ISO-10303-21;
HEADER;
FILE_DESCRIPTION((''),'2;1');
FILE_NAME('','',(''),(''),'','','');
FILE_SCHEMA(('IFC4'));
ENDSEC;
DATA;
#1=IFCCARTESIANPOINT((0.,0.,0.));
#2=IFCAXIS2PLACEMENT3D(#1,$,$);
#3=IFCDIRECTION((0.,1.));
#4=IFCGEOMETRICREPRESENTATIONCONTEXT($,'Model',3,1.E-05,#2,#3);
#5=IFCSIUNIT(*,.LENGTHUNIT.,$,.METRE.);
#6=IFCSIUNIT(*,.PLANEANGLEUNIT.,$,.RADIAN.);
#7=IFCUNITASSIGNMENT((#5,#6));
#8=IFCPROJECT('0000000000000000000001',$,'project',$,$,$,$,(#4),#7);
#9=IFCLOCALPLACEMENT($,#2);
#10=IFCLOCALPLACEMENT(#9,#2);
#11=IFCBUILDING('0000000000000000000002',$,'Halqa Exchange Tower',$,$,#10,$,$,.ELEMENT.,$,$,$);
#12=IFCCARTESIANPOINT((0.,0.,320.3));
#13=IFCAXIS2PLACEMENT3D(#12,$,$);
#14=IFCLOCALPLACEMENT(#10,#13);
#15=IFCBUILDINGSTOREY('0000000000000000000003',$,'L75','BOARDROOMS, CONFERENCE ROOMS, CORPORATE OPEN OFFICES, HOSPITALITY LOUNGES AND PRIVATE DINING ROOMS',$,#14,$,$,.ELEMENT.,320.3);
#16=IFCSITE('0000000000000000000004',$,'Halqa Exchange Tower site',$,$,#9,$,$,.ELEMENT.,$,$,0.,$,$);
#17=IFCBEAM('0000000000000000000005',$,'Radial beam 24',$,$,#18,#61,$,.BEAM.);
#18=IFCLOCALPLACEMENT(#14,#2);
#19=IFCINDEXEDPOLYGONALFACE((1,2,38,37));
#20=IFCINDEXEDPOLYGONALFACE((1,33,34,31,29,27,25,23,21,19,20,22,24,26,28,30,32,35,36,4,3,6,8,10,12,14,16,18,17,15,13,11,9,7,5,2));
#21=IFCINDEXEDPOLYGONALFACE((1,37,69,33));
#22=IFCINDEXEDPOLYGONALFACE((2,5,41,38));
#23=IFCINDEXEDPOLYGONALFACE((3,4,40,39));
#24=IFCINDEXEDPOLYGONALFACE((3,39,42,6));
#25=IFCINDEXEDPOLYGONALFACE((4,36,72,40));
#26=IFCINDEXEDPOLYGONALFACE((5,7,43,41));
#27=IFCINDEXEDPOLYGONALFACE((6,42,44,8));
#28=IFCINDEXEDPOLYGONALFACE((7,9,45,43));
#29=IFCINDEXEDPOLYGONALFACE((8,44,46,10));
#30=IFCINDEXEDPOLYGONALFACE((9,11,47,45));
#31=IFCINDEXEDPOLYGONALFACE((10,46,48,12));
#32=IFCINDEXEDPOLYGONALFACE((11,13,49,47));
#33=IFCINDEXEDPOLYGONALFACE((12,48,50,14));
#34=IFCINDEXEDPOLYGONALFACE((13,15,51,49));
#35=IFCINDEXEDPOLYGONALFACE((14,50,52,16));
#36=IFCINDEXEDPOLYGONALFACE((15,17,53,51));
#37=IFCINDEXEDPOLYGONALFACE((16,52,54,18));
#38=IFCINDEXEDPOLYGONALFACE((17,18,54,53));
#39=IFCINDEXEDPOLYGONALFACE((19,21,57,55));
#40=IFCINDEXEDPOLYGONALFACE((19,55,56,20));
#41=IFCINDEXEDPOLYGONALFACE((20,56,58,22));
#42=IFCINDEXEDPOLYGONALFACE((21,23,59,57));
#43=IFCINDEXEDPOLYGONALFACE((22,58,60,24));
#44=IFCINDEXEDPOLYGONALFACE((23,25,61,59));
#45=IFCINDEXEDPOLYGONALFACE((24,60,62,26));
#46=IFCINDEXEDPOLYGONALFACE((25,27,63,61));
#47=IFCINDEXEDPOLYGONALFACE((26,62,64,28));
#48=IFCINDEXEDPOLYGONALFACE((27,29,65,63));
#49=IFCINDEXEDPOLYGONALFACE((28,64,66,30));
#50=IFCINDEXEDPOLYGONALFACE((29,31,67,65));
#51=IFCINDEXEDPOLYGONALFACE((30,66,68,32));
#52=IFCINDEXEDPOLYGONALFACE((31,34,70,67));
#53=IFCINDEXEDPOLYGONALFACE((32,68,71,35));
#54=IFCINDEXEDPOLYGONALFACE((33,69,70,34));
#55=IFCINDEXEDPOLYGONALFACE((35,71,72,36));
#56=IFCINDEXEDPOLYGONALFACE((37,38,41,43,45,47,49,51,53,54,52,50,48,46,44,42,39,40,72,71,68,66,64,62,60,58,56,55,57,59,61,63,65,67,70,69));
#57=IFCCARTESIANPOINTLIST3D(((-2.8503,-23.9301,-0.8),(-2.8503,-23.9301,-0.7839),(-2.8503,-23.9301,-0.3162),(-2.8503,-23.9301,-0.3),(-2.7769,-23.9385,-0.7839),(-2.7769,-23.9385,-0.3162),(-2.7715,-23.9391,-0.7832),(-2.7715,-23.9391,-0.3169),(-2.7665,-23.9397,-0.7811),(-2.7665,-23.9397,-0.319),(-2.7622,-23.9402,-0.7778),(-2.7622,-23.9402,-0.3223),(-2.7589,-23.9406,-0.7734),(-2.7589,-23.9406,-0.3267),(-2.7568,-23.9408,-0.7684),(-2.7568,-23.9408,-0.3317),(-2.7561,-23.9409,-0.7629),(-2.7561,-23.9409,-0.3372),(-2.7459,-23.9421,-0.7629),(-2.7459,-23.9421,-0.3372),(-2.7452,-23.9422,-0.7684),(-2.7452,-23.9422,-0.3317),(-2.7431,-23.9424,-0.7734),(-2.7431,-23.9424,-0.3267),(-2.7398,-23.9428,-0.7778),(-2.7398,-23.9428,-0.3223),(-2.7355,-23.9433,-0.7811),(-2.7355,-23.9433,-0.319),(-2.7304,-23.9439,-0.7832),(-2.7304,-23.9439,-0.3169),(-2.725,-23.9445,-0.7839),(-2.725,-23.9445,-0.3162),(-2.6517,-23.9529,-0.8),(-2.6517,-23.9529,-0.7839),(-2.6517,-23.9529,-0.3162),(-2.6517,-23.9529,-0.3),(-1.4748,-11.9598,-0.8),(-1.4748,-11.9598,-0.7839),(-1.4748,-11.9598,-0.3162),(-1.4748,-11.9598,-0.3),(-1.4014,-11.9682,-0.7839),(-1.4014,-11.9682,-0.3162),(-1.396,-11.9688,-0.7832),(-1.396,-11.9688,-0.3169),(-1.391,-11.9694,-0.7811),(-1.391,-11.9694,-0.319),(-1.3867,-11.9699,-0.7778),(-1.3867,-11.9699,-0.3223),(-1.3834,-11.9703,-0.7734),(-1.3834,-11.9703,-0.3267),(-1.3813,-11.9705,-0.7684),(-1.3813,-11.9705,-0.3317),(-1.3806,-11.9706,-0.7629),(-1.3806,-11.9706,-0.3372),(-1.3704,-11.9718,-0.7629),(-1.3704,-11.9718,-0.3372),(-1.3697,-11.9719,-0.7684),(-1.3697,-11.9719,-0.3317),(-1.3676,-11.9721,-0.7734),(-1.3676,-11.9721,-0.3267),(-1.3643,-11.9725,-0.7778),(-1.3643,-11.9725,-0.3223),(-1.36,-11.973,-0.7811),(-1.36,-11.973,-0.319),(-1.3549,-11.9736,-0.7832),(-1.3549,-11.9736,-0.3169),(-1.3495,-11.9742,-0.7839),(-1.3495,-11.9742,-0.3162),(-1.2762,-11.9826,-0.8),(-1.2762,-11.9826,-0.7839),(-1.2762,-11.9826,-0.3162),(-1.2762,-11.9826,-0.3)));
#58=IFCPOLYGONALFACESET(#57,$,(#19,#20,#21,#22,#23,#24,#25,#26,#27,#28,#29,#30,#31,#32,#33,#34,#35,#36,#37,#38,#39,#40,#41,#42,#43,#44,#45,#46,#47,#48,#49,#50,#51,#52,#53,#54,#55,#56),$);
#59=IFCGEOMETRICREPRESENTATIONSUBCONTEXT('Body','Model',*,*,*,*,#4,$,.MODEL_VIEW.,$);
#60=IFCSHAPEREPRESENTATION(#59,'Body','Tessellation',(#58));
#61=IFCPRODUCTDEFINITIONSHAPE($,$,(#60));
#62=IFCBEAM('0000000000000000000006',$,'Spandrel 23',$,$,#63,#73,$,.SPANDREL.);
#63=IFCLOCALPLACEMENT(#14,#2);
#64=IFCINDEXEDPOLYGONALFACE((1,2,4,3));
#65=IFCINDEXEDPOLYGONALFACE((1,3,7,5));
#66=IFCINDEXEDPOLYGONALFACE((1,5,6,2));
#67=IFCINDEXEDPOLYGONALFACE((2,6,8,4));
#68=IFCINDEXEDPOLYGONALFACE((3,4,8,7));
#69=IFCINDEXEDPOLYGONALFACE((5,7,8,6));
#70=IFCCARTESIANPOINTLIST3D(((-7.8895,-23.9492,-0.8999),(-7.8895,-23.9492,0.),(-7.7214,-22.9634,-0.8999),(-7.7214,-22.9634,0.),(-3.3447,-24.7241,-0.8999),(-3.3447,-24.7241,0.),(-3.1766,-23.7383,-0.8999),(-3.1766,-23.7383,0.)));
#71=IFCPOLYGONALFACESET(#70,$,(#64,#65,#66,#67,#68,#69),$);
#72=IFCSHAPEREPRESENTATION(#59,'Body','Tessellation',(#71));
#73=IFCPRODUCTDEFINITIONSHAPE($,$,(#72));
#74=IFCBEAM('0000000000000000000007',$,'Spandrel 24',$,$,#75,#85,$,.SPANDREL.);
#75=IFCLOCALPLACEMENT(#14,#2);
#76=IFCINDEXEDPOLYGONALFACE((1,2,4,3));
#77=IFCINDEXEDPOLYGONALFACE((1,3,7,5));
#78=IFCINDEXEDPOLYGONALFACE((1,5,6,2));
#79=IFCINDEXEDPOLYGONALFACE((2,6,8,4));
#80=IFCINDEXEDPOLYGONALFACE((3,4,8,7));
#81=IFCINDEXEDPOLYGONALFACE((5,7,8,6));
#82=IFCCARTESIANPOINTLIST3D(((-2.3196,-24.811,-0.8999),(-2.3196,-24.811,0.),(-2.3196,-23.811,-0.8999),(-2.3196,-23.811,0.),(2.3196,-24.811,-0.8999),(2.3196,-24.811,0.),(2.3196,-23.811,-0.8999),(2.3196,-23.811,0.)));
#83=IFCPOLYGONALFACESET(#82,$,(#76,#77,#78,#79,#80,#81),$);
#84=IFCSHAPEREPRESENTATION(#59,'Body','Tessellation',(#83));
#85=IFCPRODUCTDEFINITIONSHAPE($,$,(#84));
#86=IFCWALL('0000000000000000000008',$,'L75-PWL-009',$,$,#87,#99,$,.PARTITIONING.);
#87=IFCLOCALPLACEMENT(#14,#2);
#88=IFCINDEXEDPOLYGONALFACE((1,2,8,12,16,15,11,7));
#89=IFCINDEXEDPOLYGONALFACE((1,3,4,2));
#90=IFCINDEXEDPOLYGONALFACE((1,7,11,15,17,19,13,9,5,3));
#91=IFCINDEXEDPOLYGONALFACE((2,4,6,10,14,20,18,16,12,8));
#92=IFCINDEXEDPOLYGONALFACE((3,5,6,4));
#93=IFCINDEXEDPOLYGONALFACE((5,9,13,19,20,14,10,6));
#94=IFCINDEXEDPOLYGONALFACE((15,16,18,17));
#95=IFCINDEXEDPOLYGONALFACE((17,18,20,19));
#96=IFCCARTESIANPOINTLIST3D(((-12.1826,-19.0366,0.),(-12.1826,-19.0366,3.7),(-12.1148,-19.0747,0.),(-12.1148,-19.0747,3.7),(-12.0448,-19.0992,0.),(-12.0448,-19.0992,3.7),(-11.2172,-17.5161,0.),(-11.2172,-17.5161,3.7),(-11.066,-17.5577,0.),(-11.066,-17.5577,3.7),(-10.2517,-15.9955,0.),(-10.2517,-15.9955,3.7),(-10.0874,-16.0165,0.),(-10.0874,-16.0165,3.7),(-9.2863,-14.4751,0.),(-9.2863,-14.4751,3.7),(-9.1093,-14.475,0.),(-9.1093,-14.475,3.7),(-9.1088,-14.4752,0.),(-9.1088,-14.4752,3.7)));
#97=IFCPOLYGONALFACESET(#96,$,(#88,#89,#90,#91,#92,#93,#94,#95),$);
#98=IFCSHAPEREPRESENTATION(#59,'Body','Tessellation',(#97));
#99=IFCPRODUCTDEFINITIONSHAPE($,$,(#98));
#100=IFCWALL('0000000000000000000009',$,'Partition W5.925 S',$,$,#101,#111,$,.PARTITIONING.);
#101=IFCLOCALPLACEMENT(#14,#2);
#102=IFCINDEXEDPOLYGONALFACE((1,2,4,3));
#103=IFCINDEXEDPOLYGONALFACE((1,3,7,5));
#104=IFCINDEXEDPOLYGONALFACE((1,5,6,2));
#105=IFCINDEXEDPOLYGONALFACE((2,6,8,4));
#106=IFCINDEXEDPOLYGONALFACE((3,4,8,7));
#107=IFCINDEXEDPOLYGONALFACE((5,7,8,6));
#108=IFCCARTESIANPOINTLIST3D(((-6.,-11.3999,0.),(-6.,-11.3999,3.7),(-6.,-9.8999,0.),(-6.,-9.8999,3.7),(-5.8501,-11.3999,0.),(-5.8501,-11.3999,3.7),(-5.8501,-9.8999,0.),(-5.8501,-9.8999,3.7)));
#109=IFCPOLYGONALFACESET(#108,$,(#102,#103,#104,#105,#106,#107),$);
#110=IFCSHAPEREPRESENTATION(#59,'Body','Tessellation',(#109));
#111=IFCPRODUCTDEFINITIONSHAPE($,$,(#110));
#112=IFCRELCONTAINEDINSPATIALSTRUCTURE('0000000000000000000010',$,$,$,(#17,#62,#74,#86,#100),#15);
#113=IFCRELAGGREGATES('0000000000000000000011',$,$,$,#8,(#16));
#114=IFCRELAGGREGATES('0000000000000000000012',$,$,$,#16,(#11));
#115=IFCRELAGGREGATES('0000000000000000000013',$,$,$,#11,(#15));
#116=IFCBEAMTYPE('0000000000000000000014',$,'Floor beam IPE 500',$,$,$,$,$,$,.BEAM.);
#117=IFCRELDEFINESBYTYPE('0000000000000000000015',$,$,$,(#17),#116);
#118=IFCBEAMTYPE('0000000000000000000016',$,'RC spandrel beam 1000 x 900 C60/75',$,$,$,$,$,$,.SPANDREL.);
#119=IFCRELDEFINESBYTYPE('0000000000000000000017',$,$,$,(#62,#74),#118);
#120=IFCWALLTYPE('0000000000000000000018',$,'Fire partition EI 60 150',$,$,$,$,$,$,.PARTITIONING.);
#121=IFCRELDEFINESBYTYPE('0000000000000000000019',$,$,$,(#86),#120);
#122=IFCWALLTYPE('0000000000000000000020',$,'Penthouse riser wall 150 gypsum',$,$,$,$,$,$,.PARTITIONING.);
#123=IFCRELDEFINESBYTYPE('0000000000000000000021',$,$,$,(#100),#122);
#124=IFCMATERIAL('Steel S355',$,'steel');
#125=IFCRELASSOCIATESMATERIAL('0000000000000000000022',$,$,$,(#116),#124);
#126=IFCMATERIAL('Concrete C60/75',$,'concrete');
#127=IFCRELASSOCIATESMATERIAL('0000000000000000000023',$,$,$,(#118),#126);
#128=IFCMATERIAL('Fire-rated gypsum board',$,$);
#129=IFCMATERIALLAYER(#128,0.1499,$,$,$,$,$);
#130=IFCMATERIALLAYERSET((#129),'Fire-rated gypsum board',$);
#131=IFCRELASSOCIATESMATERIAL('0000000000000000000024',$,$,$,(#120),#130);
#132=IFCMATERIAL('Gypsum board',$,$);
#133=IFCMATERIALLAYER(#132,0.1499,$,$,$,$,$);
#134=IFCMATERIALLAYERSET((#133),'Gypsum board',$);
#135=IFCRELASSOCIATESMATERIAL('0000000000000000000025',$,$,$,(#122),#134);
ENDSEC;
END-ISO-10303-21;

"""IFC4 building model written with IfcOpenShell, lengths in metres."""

from ifc_helpers import new_model, si_unit, direction, frame, frame_2d, origin, origin_2d, place, context, subcontext, project, spatial, polyline, rectangle, i_section, outline, extrude, material, layer, layer_set, material_profile, profile_set, type_object, element, save


model = new_model("IFC4")

# Units and contexts
model_context = context("Model", 3, precision=1e-05, world=origin(), true_north=direction((0.0, 1.0)))
body_context = subcontext(model_context, "Body", "Model", "MODEL_VIEW")
ifc_project = project(units=[si_unit("LENGTHUNIT", "METRE"), si_unit("PLANEANGLEUNIT", "RADIAN")], contexts=[model_context])

# Site, building, storey
site_placement = place(None, origin())
site = spatial("IfcSite", under=ifc_project, at=site_placement, Name="Halqa Exchange Tower site", CompositionType="ELEMENT", RefElevation=0.0)
building_placement = place(site_placement, origin())
building = spatial("IfcBuilding", under=site, at=building_placement, Name="Halqa Exchange Tower", CompositionType="ELEMENT")
storey_placement = place(building_placement, frame((0.0, 0.0, 320.3)))
storey = spatial("IfcBuildingStorey", under=building, at=storey_placement, Name="L75", Description="BOARDROOMS, CONFERENCE ROOMS, CORPORATE OPEN OFFICES, HOSPITALITY LOUNGES AND PRIVATE DINING ROOMS", CompositionType="ELEMENT", Elevation=320.3)

# Beams
ifc_material_1 = material(Name="Steel S355", Category="steel")
ifc_material_profile_1 = material_profile(ifc_material_1, i_section(OverallWidth=0.2, OverallDepth=0.5, WebThickness=0.0103, FlangeThickness=0.0161, FilletRadius=0.021, at=origin_2d()), Name="IPE 500")
ifc_profile_set_1 = profile_set([ifc_material_profile_1], Name="Steel S355")
beam_type_1 = type_object("IfcBeamType", Name="Floor beam IPE 500", PredefinedType="BEAM", material=ifc_profile_set_1)
beam_1_placement = place(storey_placement, frame((-1.3755, -11.9712, -0.55), z_axis=(-0.114158, -0.993463, 0.0), x_axis=(0.993463, -0.114158, 0.0)))
element("IfcBeam", 1, at=beam_1_placement, inside=storey, type_object=beam_type_1, Name="Radial beam 24", PredefinedType="BEAM", context=body_context, shape_type="SweptSolid", body=[
    extrude(i_section(OverallWidth=0.2, OverallDepth=0.5, WebThickness=0.0103, FlangeThickness=0.0161, FilletRadius=0.021, at=origin_2d()), origin(), (0.0, 0.0, 1.0), 12.0491),
])
ifc_material_2 = material(Name="Concrete C60/75", Category="concrete")
ifc_material_profile_2 = material_profile(ifc_material_2, rectangle(XDim=1.0, YDim=0.8999, at=origin_2d()), Name="1000 x 900")
ifc_profile_set_2 = profile_set([ifc_material_profile_2], Name="Concrete C60/75")
beam_type_2 = type_object("IfcBeamType", Name="RC spandrel beam 1000 x 900 C60/75", PredefinedType="SPANDREL", material=ifc_profile_set_2)
beam_2_placement = place(storey_placement, frame((-7.8054, -23.4563, -0.45), z_axis=(0.985773, -0.168082, 0.0), x_axis=(0.168082, 0.985773, 0.0)))
element("IfcBeam", 2, at=beam_2_placement, inside=storey, type_object=beam_type_2, Name="Spandrel 23", PredefinedType="SPANDREL", context=body_context, shape_type="SweptSolid", body=[
    extrude(rectangle(XDim=1.0, YDim=0.8999, at=origin_2d()), origin(), (0.0, 0.0, 1.0), 4.6104),
])
beam_3_placement = place(storey_placement, frame((-2.3196, -24.311, -0.45), z_axis=(1.0, 0.0, 0.0), x_axis=(0.0, 1.0, 0.0)))
element("IfcBeam", 3, at=beam_3_placement, inside=storey, type_object=beam_type_2, Name="Spandrel 24", PredefinedType="SPANDREL", context=body_context, shape_type="SweptSolid", body=[
    extrude(rectangle(XDim=1.0, YDim=0.8999, at=origin_2d()), origin(), (0.0, 0.0, 1.0), 4.6392),
])

# Walls
ifc_material_3 = material(Name="Fire-rated gypsum board")
ifc_layer_1 = layer(ifc_material_3, 0.1499)
ifc_layer_set_1 = layer_set([ifc_layer_1], Name="Fire-rated gypsum board")
wall_type_1 = type_object("IfcWallType", Name="Fire partition EI 60 150", PredefinedType="PARTITIONING", material=ifc_layer_set_1)
wall_1_placement = place(storey_placement, frame((-9.1721, -14.4351, 0.0), z_axis=(0.0, 0.0, 1.0), x_axis=(-0.536016, -0.844208, 0.0)))
element("IfcWall", 4, at=wall_1_placement, inside=storey, type_object=wall_type_1, Name="L75-PWL-009", PredefinedType="PARTITIONING", context=body_context, shape_type="SweptSolid", body=[
    extrude(outline(polyline([(0.095, -0.075), (1.896, -0.075), (3.6973, -0.075), (5.4983, -0.075), (5.4941, 0.0027), (5.4773, 0.075), (3.6514, 0.075), (1.8257, 0.075), (0.0, 0.075), (0.0, 0.0745), (0.095, -0.075)])), origin(), (0.0, 0.0, 1.0), 3.7),
])
ifc_material_4 = material(Name="Gypsum board")
ifc_layer_2 = layer(ifc_material_4, 0.1499)
ifc_layer_set_2 = layer_set([ifc_layer_2], Name="Gypsum board")
wall_type_2 = type_object("IfcWallType", Name="Penthouse riser wall 150 gypsum", PredefinedType="PARTITIONING", material=ifc_layer_set_2)
wall_2_placement = place(storey_placement, frame((-5.925, -11.3999, 0.0), z_axis=(0.0, 0.0, 1.0), x_axis=(0.0, 1.0, 0.0)))
element("IfcWall", 5, at=wall_2_placement, inside=storey, type_object=wall_type_2, Name="Partition W5.925 S", PredefinedType="PARTITIONING", context=body_context, shape_type="SweptSolid", body=[
    extrude(rectangle(XDim=1.5, YDim=0.1499, at=frame_2d((0.75, 0.0))), origin(), (0.0, 0.0, 1.0), 3.7),
])

save(model, "model.ifc")
